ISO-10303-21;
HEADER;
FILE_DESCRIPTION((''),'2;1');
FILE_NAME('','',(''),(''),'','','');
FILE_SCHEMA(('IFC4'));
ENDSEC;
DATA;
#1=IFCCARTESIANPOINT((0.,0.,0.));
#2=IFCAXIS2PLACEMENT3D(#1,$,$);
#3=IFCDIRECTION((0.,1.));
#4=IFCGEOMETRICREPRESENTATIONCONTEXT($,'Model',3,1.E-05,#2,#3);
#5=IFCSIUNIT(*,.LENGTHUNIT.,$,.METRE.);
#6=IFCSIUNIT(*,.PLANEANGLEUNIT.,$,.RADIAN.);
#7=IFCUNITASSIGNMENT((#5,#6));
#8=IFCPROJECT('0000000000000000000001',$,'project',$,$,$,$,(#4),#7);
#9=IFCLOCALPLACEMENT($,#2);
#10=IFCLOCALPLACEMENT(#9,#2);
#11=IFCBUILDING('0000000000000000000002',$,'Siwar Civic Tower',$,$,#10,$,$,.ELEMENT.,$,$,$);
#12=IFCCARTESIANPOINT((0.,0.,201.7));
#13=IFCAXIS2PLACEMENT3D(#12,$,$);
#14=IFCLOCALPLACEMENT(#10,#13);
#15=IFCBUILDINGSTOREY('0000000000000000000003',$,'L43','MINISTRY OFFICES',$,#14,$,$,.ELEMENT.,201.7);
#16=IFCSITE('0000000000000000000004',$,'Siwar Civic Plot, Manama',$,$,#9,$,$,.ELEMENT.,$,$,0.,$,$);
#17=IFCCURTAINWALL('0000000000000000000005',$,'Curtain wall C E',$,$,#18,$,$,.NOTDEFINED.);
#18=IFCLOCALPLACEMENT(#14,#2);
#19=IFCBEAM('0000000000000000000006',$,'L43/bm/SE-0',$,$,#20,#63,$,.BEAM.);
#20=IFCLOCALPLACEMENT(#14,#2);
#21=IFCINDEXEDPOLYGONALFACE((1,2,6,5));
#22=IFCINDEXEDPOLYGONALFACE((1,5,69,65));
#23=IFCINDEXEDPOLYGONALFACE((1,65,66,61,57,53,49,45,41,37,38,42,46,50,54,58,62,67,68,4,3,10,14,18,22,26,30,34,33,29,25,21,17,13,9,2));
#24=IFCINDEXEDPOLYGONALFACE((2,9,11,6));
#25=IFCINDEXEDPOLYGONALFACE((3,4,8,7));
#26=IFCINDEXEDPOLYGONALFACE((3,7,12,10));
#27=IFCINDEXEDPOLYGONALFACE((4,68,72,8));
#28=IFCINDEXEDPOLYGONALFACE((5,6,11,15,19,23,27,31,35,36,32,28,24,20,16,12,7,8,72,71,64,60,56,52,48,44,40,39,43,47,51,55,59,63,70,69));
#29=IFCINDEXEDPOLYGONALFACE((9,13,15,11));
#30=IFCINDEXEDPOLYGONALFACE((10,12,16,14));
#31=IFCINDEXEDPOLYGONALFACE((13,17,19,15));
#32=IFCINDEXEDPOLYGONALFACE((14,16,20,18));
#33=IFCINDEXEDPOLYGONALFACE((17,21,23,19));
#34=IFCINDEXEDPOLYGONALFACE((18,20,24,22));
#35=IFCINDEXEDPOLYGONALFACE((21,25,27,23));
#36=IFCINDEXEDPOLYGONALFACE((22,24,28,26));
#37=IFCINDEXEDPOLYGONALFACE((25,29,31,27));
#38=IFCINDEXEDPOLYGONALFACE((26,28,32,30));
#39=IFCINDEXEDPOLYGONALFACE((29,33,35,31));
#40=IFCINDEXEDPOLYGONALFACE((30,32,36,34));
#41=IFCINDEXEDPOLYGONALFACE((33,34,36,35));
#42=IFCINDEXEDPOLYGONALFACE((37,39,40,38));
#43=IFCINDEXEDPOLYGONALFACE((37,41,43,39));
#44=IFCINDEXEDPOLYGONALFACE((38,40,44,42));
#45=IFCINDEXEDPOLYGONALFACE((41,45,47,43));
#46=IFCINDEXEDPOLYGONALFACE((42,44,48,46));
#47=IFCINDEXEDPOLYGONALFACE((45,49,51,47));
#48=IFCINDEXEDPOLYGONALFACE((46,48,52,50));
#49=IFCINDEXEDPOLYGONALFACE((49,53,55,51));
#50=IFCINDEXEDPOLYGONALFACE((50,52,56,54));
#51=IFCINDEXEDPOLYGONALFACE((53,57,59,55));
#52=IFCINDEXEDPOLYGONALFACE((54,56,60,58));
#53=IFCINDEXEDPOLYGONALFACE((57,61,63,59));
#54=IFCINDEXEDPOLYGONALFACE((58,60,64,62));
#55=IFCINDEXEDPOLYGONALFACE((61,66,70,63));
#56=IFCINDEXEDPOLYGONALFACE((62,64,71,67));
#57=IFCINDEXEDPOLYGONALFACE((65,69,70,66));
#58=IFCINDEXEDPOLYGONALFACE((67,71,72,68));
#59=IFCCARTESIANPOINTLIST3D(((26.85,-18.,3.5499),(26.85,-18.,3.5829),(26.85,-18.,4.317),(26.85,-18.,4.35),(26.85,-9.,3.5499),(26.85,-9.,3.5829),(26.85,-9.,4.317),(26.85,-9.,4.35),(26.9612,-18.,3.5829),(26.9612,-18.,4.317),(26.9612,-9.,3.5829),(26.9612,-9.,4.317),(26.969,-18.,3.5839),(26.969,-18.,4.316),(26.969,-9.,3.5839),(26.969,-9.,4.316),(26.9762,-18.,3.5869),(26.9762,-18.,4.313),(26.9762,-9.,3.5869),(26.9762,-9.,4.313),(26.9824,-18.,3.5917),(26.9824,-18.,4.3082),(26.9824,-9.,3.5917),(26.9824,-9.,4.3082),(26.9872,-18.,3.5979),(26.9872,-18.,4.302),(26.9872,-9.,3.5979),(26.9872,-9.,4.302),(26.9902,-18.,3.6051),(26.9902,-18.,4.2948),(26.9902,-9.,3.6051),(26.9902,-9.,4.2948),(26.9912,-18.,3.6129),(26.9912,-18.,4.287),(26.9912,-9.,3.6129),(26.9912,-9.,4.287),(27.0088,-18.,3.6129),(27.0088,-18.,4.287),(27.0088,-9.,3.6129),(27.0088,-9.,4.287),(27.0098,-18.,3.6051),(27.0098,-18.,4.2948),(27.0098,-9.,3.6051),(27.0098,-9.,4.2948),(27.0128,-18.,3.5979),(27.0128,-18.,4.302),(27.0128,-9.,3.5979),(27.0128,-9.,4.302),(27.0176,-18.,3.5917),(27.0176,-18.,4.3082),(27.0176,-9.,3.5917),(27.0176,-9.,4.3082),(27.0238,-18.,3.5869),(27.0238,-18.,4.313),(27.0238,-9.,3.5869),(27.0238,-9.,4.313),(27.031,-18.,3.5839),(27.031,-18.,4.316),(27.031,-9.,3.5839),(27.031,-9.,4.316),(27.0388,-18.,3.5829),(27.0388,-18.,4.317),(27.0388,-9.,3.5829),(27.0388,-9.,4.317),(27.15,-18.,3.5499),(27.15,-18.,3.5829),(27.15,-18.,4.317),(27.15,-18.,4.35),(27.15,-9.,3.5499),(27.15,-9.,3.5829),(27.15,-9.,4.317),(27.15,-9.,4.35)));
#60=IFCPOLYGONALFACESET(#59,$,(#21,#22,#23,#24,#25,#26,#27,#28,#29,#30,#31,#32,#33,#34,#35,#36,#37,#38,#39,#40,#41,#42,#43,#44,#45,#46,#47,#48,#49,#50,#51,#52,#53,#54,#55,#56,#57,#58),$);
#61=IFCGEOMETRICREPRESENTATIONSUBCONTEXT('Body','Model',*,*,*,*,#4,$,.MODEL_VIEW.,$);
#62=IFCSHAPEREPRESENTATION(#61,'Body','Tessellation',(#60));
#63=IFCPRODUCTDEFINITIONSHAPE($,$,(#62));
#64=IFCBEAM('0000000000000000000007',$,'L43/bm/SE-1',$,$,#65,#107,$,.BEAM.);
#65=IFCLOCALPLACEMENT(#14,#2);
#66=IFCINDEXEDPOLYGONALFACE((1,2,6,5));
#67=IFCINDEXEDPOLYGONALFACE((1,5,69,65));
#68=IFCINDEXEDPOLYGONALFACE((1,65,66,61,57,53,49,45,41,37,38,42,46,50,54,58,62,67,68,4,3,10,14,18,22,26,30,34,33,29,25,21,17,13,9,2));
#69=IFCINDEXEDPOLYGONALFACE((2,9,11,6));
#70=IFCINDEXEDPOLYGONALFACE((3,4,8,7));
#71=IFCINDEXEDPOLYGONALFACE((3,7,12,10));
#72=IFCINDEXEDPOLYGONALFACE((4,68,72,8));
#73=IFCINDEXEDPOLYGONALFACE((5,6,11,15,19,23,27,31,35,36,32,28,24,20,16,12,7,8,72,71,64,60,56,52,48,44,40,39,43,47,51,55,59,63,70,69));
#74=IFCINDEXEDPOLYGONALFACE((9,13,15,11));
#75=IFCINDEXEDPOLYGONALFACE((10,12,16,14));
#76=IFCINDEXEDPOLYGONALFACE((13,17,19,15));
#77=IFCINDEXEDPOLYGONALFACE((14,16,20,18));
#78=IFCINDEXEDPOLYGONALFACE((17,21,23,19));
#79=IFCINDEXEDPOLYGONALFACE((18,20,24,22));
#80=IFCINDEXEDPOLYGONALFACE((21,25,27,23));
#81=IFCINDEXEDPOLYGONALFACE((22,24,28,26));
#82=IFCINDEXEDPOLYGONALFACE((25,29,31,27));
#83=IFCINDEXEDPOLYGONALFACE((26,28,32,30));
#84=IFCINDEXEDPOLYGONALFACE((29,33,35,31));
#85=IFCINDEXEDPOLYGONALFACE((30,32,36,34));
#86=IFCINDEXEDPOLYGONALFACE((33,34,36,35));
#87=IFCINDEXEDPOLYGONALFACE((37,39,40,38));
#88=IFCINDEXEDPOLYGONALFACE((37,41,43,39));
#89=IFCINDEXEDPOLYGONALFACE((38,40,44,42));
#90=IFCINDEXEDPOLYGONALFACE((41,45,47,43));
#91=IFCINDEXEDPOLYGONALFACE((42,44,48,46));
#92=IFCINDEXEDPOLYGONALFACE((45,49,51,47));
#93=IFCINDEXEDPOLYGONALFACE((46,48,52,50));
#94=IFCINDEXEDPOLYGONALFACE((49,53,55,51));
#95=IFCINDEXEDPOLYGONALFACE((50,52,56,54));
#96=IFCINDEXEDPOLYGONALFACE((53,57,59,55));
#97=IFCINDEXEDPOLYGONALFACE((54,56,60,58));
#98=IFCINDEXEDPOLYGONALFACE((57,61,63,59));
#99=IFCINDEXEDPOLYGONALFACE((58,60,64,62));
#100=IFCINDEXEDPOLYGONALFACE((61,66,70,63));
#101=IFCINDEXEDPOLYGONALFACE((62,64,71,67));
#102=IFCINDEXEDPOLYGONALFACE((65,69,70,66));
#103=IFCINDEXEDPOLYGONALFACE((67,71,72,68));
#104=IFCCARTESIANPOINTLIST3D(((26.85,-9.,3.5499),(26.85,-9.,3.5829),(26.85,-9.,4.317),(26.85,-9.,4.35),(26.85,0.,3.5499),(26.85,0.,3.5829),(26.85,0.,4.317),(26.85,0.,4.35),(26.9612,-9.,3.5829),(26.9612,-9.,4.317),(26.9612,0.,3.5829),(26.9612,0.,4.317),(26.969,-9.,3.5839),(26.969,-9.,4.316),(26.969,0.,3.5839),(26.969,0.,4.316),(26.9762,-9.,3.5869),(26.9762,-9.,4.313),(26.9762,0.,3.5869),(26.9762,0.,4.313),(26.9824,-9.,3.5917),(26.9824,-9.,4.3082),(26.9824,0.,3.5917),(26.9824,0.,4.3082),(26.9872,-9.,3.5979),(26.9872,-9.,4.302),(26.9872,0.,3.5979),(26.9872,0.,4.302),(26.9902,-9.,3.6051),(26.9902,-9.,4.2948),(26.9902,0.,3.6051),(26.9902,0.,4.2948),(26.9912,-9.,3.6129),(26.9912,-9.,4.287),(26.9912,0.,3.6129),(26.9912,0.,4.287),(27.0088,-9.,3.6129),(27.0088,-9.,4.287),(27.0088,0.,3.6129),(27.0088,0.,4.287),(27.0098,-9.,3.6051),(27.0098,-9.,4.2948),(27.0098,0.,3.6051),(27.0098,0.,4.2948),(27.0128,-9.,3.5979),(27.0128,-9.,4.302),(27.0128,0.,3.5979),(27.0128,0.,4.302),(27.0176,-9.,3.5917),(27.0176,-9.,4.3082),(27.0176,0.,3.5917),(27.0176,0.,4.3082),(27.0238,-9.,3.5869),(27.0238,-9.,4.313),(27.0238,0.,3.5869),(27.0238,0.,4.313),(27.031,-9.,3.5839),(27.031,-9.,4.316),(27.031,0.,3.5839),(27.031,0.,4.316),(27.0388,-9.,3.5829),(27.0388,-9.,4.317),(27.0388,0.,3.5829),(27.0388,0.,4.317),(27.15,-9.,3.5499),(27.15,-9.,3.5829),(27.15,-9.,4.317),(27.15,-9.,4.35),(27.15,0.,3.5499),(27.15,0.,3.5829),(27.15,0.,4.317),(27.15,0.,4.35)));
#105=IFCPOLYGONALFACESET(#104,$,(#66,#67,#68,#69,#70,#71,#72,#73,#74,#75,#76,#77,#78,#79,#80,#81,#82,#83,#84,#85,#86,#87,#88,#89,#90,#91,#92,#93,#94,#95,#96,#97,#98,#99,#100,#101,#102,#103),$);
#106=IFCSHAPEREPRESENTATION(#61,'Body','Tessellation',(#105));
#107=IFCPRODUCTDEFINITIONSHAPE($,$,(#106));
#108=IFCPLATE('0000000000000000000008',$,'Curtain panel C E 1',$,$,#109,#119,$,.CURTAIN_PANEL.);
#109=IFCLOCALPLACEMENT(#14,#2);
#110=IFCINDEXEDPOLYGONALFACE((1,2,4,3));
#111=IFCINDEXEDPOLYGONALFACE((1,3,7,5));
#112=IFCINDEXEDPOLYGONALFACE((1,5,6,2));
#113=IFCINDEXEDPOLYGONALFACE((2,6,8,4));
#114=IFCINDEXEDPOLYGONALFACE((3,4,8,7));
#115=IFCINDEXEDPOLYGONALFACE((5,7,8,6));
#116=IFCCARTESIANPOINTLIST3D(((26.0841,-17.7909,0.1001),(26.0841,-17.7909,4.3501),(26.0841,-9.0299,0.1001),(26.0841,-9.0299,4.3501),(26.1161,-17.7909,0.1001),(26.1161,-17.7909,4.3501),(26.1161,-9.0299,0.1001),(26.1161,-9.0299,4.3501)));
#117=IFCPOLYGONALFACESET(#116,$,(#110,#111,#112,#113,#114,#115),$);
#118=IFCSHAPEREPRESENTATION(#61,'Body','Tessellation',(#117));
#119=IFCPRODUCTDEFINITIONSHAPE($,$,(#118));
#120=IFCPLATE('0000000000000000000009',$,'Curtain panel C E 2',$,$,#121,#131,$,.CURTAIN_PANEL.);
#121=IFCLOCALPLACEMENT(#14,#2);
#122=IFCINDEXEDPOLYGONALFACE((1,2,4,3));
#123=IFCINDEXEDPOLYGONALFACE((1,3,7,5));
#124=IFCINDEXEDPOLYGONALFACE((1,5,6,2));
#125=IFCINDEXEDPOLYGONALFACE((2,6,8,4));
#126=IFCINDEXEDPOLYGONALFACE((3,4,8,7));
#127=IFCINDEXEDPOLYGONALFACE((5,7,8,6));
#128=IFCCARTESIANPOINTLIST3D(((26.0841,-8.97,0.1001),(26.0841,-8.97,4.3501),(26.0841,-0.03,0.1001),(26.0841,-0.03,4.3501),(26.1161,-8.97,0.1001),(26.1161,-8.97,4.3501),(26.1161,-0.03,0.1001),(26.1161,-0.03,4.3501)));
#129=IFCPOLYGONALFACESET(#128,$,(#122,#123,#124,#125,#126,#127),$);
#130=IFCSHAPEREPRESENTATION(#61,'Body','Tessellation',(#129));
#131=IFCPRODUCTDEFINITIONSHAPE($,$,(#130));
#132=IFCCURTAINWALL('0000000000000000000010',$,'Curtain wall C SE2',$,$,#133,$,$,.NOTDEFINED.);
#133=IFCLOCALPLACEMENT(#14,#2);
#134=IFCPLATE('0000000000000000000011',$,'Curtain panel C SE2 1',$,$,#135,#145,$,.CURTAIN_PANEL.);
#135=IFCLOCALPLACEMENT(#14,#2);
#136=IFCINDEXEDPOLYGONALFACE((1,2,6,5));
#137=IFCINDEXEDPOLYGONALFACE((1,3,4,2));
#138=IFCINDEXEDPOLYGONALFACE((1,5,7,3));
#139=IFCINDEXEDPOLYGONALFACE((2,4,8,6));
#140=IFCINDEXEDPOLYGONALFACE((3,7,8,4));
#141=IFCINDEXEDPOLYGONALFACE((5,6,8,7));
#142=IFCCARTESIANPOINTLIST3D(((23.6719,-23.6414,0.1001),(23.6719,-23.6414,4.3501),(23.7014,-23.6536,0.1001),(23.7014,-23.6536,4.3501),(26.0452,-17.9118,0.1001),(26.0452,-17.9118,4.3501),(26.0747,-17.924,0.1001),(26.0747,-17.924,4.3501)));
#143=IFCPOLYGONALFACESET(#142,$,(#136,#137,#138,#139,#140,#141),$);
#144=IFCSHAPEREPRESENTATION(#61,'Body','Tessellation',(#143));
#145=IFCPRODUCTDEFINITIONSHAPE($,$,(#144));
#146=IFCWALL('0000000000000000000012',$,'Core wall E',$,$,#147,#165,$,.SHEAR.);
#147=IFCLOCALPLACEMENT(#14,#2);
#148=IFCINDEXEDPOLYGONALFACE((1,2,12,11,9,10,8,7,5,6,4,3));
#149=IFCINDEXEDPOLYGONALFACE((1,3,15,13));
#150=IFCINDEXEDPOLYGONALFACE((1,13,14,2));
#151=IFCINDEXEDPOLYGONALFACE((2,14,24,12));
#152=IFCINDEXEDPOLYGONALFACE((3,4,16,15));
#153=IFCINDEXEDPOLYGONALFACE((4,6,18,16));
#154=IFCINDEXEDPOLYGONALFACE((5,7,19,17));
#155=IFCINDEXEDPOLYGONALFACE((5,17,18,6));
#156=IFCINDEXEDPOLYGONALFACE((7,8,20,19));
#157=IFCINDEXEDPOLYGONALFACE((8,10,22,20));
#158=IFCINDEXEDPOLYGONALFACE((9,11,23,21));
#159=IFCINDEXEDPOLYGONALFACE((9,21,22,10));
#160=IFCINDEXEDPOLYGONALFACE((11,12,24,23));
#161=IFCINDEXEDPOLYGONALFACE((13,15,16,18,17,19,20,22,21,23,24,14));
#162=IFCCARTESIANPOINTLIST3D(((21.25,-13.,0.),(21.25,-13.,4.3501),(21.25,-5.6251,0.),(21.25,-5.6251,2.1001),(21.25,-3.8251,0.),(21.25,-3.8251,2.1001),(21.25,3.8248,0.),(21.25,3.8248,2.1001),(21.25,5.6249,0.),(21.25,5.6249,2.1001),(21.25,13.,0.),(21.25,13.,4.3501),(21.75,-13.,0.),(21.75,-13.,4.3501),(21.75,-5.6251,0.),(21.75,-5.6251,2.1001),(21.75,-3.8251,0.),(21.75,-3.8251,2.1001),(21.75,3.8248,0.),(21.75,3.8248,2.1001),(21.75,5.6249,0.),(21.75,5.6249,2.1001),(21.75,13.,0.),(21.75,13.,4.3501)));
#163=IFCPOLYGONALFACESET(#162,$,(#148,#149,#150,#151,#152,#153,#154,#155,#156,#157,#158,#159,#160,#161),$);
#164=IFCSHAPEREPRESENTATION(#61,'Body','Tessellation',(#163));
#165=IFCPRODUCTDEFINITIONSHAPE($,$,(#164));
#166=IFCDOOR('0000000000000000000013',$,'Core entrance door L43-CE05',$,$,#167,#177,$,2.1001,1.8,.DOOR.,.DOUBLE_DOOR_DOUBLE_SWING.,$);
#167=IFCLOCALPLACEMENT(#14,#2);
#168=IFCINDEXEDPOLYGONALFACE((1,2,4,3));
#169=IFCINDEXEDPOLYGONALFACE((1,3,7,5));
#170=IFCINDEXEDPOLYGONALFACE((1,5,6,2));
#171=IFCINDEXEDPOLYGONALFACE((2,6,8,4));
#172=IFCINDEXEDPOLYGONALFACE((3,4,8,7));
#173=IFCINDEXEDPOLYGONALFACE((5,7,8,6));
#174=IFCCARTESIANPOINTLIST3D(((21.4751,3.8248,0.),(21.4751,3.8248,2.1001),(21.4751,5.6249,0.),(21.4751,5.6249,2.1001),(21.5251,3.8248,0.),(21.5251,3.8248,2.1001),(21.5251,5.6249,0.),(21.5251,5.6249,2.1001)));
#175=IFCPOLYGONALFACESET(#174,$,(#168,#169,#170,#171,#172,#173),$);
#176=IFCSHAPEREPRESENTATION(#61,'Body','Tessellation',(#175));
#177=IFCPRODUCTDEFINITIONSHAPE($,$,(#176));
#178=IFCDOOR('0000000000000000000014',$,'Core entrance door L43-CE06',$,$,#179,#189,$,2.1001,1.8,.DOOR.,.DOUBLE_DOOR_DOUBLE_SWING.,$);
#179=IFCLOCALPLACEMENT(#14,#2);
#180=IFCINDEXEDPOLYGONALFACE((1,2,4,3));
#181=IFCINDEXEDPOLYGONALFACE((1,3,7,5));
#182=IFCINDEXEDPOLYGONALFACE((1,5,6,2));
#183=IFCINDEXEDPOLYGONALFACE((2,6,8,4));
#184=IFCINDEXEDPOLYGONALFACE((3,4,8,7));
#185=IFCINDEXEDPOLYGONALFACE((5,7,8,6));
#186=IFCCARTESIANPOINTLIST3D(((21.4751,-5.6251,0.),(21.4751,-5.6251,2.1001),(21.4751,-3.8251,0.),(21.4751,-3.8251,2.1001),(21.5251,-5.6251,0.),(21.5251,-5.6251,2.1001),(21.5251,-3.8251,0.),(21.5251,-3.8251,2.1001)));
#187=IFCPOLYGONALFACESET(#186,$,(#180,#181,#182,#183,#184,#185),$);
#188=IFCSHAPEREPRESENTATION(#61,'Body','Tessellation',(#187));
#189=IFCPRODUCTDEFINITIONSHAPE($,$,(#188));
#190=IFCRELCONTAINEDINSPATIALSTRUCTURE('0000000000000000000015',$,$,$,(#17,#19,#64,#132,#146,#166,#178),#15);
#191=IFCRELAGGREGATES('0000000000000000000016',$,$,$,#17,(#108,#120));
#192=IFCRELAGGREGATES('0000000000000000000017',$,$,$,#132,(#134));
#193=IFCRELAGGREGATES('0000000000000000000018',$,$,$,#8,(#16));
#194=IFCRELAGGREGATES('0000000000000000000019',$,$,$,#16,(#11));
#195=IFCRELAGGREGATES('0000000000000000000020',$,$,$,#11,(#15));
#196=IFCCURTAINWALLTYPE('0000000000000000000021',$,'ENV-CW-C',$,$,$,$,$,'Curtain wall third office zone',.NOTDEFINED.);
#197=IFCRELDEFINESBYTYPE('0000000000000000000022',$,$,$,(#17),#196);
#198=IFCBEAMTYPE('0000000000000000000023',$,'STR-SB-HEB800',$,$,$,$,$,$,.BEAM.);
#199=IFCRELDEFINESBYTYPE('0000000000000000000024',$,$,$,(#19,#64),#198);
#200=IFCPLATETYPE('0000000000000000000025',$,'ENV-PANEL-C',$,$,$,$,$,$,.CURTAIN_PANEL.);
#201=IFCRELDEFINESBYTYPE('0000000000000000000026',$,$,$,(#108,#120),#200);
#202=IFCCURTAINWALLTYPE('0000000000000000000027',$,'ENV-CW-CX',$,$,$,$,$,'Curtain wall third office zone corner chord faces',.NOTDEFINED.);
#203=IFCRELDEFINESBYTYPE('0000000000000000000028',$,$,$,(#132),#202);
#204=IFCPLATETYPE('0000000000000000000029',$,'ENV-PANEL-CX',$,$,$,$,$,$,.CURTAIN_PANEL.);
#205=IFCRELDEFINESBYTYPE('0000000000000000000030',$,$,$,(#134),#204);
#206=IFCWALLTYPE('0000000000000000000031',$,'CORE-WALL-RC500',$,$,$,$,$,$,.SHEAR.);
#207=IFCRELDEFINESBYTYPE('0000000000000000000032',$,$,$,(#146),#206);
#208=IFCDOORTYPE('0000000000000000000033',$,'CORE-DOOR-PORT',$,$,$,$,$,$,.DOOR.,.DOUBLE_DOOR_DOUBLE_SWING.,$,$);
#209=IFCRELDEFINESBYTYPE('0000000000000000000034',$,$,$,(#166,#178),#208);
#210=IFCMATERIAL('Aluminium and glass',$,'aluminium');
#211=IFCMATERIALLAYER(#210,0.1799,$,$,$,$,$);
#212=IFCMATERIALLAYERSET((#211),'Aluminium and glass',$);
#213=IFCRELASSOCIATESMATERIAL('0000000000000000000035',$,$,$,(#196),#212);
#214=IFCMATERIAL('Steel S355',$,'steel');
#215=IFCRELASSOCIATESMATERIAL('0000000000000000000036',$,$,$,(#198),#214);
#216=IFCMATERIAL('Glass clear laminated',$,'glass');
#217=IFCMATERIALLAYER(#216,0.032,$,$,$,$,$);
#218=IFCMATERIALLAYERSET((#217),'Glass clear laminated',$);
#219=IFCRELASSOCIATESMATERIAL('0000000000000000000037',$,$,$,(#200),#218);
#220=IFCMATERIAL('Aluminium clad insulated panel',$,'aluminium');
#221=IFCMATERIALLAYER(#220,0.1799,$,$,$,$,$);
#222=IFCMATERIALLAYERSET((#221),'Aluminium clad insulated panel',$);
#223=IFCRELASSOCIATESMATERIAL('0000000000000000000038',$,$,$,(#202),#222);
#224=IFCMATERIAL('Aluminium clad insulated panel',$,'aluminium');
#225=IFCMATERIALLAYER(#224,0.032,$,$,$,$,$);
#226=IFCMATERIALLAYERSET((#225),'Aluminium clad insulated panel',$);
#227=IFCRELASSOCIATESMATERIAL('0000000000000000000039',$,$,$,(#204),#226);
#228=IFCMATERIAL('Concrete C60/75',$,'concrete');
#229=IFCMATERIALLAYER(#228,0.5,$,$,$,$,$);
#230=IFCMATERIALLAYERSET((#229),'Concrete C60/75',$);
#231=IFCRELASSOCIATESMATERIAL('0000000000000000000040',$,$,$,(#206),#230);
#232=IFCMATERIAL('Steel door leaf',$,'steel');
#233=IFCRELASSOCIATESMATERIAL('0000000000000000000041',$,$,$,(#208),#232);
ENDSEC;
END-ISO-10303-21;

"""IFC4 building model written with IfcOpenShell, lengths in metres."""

from ifc_helpers import new_model, si_unit, direction, frame, frame_2d, origin, origin_2d, place, context, subcontext, project, spatial, rectangle, i_section, extrude, material, layer, layer_set, material_profile, profile_set, type_object, element, fill, aggregate, save


model = new_model("IFC4")

# Units and contexts
model_context = context("Model", 3, precision=1e-05, world=origin(), true_north=direction((0.0, 1.0)))
body_context = subcontext(model_context, "Body", "Model", "MODEL_VIEW")
ifc_project = project(units=[si_unit("LENGTHUNIT", "METRE"), si_unit("PLANEANGLEUNIT", "RADIAN")], contexts=[model_context])

# Site, building, storey
site_placement = place(None, origin())
site = spatial("IfcSite", under=ifc_project, at=site_placement, Name="Siwar Civic Plot, Manama", CompositionType="ELEMENT", RefElevation=0.0)
building_placement = place(site_placement, origin())
building = spatial("IfcBuilding", under=site, at=building_placement, Name="Siwar Civic Tower", CompositionType="ELEMENT")
storey_placement = place(building_placement, frame((0.0, 0.0, 201.7)))
storey = spatial("IfcBuildingStorey", under=building, at=storey_placement, Name="L43", Description="MINISTRY OFFICES", CompositionType="ELEMENT", Elevation=201.7)

# Curtain wall
ifc_material_1 = material(Name="Aluminium and glass", Category="aluminium")
ifc_layer_1 = layer(ifc_material_1, 0.1799)
ifc_layer_set_1 = layer_set([ifc_layer_1], Name="Aluminium and glass")
curtain_wall_type_1 = type_object("IfcCurtainWallType", Name="ENV-CW-C", ElementType="Curtain wall third office zone", PredefinedType="NOTDEFINED", material=ifc_layer_set_1)
curtain_wall_1_placement = place(storey_placement, origin())
curtain_wall_1 = element("IfcCurtainWall", 1, at=curtain_wall_1_placement, inside=storey, type_object=curtain_wall_type_1, Name="Curtain wall C E", PredefinedType="NOTDEFINED")

# Beams
ifc_material_2 = material(Name="Steel S355", Category="steel")
ifc_material_profile_1 = material_profile(ifc_material_2, i_section(OverallWidth=0.3, OverallDepth=0.8, WebThickness=0.0176, FlangeThickness=0.033, FilletRadius=0.03, at=origin_2d()), Name="HEB800")
ifc_profile_set_1 = profile_set([ifc_material_profile_1], Name="Steel S355")
beam_type_1 = type_object("IfcBeamType", Name="STR-SB-HEB800", PredefinedType="BEAM", material=ifc_profile_set_1)
for number, where, z_axis, x_axis, name in (
    (2, (27.0, -18.0, 3.95), (0.0, 1.0, 0.0), (-1.0, 0.0, 0.0), "L43/bm/SE-0"),
    (3, (27.0, -9.0, 3.95), (0.0, 1.0, 0.0), (-1.0, 0.0, 0.0), "L43/bm/SE-1"),
):
    element("IfcBeam", number, at=place(storey_placement, frame(where, z_axis=z_axis, x_axis=x_axis)), inside=storey, type_object=beam_type_1, Name=name, PredefinedType="BEAM", context=body_context, shape_type="SweptSolid", body=[
        extrude(i_section(OverallWidth=0.3, OverallDepth=0.8, WebThickness=0.0176, FlangeThickness=0.033, FilletRadius=0.03, at=origin_2d()), origin(), (0.0, 0.0, 1.0), 9.0),
    ])

# Plates
ifc_material_3 = material(Name="Glass clear laminated", Category="glass")
ifc_layer_2 = layer(ifc_material_3, 0.032)
ifc_layer_set_2 = layer_set([ifc_layer_2], Name="Glass clear laminated")
plate_type_1 = type_object("IfcPlateType", Name="ENV-PANEL-C", PredefinedType="CURTAIN_PANEL", material=ifc_layer_set_2)
plate_1_placement = place(storey_placement, frame((26.1001, -13.4104, 0.1001), z_axis=(0.0, 0.0, 1.0), x_axis=(0.0, 1.0, 0.0)))
plate_1 = element("IfcPlate", 4, at=plate_1_placement, type_object=plate_type_1, Name="Curtain panel C E 1", PredefinedType="CURTAIN_PANEL", context=body_context, shape_type="SweptSolid", body=[
    extrude(rectangle(XDim=8.761, YDim=0.032, at=origin_2d()), origin(), (0.0, 0.0, 1.0), 4.25),
])
plate_2_placement = place(storey_placement, frame((26.1001, -4.5, 0.1001), z_axis=(0.0, 0.0, 1.0), x_axis=(0.0, 1.0, 0.0)))
plate_2 = element("IfcPlate", 5, at=plate_2_placement, type_object=plate_type_1, Name="Curtain panel C E 2", PredefinedType="CURTAIN_PANEL", context=body_context, shape_type="SweptSolid", body=[
    extrude(rectangle(XDim=8.9399, YDim=0.032, at=origin_2d()), origin(), (0.0, 0.0, 1.0), 4.25),
])
aggregate(curtain_wall_1, [plate_1, plate_2])

# Curtain wall, plate
ifc_material_4 = material(Name="Aluminium clad insulated panel", Category="aluminium")
ifc_layer_3 = layer(ifc_material_4, 0.1799)
ifc_layer_set_3 = layer_set([ifc_layer_3], Name="Aluminium clad insulated panel")
curtain_wall_type_2 = type_object("IfcCurtainWallType", Name="ENV-CW-CX", ElementType="Curtain wall third office zone corner chord faces", PredefinedType="NOTDEFINED", material=ifc_layer_set_3)
curtain_wall_2_placement = place(storey_placement, origin())
curtain_wall_2 = element("IfcCurtainWall", 6, at=curtain_wall_2_placement, inside=storey, type_object=curtain_wall_type_2, Name="Curtain wall C SE2", PredefinedType="NOTDEFINED")
ifc_material_5 = material(Name="Aluminium clad insulated panel", Category="aluminium")
ifc_layer_4 = layer(ifc_material_5, 0.032)
ifc_layer_set_4 = layer_set([ifc_layer_4], Name="Aluminium clad insulated panel")
plate_type_2 = type_object("IfcPlateType", Name="ENV-PANEL-CX", PredefinedType="CURTAIN_PANEL", material=ifc_layer_set_4)
plate_3_placement = place(storey_placement, frame((24.8733, -20.7827, 0.1001), z_axis=(0.0, 0.0, 1.0), x_axis=(0.382683, 0.92388, 0.0)))
plate_3 = element("IfcPlate", 7, at=plate_3_placement, type_object=plate_type_2, Name="Curtain panel C SE2 1", PredefinedType="CURTAIN_PANEL", context=body_context, shape_type="SweptSolid", body=[
    extrude(rectangle(XDim=6.2017, YDim=0.032, at=origin_2d()), origin(), (0.0, 0.0, 1.0), 4.25),
])
aggregate(curtain_wall_2, [plate_3])

# Wall, openings, doors
ifc_material_6 = material(Name="Concrete C60/75", Category="concrete")
ifc_layer_5 = layer(ifc_material_6, 0.5)
ifc_layer_set_5 = layer_set([ifc_layer_5], Name="Concrete C60/75")
wall_type_1 = type_object("IfcWallType", Name="CORE-WALL-RC500", PredefinedType="SHEAR", material=ifc_layer_set_5)
wall_1_placement = place(storey_placement, frame((21.5, -13.0, 0.0), z_axis=(0.0, 0.0, 1.0), x_axis=(0.0, 1.0, 0.0)))
wall_1 = element("IfcWall", 8, at=wall_1_placement, inside=storey, type_object=wall_type_1, Name="Core wall E", PredefinedType="SHEAR", context=body_context, shape_type="SweptSolid", body=[
    extrude(rectangle(XDim=26.0, YDim=0.5, at=frame_2d((13.0, 0.0))), origin(), (0.0, 0.0, 1.0), 4.3501),
])
opening_1_placement = place(wall_1_placement, frame((16.825, 0.0, 0.0)))
opening_1 = element("IfcOpeningElement", 9, at=opening_1_placement, cuts=wall_1, PredefinedType="OPENING", context=body_context, shape_type="SweptSolid", body=[
    extrude(rectangle(XDim=1.8, YDim=2.1001, at=frame_2d((0.8999, 1.05))), frame((0.0, 0.26, 0.0), z_axis=(0.0, -1.0, 0.0), x_axis=(1.0, 0.0, 0.0)), (0.0, 0.0, 1.0), 0.52),
])
opening_2_placement = place(wall_1_placement, frame((7.375, 0.0, 0.0)))
opening_2 = element("IfcOpeningElement", 10, at=opening_2_placement, cuts=wall_1, PredefinedType="OPENING", context=body_context, shape_type="SweptSolid", body=[
    extrude(rectangle(XDim=1.8, YDim=2.1001, at=frame_2d((0.8999, 1.05))), frame((0.0, 0.26, 0.0), z_axis=(0.0, -1.0, 0.0), x_axis=(1.0, 0.0, 0.0)), (0.0, 0.0, 1.0), 0.52),
])
ifc_material_7 = material(Name="Steel door leaf", Category="steel")
door_type_1 = type_object("IfcDoorType", Name="CORE-DOOR-PORT", OperationType="DOUBLE_DOOR_DOUBLE_SWING", PredefinedType="DOOR", material=ifc_material_7)
door_1_placement = place(opening_1_placement, origin())
door_1 = element("IfcDoor", 11, at=door_1_placement, inside=storey, type_object=door_type_1, Name="Core entrance door L43-CE05", OperationType="DOUBLE_DOOR_DOUBLE_SWING", OverallHeight=2.1001, OverallWidth=1.8, PredefinedType="DOOR", context=body_context, shape_type="SweptSolid", body=[
    extrude(rectangle(XDim=1.8, YDim=2.1001, at=frame_2d((0.8999, 1.05))), frame((0.0, 0.0249, 0.0), z_axis=(0.0, -1.0, 0.0), x_axis=(1.0, 0.0, 0.0)), (0.0, 0.0, 1.0), 0.05),
])
fill(opening_1, door_1)
door_2_placement = place(opening_2_placement, origin())
door_2 = element("IfcDoor", 12, at=door_2_placement, inside=storey, type_object=door_type_1, Name="Core entrance door L43-CE06", OperationType="DOUBLE_DOOR_DOUBLE_SWING", OverallHeight=2.1001, OverallWidth=1.8, PredefinedType="DOOR", context=body_context, shape_type="SweptSolid", body=[
    extrude(rectangle(XDim=1.8, YDim=2.1001, at=frame_2d((0.8999, 1.05))), frame((0.0, 0.0249, 0.0), z_axis=(0.0, -1.0, 0.0), x_axis=(1.0, 0.0, 0.0)), (0.0, 0.0, 1.0), 0.05),
])
fill(opening_2, door_2)

save(model, "model.ifc")
